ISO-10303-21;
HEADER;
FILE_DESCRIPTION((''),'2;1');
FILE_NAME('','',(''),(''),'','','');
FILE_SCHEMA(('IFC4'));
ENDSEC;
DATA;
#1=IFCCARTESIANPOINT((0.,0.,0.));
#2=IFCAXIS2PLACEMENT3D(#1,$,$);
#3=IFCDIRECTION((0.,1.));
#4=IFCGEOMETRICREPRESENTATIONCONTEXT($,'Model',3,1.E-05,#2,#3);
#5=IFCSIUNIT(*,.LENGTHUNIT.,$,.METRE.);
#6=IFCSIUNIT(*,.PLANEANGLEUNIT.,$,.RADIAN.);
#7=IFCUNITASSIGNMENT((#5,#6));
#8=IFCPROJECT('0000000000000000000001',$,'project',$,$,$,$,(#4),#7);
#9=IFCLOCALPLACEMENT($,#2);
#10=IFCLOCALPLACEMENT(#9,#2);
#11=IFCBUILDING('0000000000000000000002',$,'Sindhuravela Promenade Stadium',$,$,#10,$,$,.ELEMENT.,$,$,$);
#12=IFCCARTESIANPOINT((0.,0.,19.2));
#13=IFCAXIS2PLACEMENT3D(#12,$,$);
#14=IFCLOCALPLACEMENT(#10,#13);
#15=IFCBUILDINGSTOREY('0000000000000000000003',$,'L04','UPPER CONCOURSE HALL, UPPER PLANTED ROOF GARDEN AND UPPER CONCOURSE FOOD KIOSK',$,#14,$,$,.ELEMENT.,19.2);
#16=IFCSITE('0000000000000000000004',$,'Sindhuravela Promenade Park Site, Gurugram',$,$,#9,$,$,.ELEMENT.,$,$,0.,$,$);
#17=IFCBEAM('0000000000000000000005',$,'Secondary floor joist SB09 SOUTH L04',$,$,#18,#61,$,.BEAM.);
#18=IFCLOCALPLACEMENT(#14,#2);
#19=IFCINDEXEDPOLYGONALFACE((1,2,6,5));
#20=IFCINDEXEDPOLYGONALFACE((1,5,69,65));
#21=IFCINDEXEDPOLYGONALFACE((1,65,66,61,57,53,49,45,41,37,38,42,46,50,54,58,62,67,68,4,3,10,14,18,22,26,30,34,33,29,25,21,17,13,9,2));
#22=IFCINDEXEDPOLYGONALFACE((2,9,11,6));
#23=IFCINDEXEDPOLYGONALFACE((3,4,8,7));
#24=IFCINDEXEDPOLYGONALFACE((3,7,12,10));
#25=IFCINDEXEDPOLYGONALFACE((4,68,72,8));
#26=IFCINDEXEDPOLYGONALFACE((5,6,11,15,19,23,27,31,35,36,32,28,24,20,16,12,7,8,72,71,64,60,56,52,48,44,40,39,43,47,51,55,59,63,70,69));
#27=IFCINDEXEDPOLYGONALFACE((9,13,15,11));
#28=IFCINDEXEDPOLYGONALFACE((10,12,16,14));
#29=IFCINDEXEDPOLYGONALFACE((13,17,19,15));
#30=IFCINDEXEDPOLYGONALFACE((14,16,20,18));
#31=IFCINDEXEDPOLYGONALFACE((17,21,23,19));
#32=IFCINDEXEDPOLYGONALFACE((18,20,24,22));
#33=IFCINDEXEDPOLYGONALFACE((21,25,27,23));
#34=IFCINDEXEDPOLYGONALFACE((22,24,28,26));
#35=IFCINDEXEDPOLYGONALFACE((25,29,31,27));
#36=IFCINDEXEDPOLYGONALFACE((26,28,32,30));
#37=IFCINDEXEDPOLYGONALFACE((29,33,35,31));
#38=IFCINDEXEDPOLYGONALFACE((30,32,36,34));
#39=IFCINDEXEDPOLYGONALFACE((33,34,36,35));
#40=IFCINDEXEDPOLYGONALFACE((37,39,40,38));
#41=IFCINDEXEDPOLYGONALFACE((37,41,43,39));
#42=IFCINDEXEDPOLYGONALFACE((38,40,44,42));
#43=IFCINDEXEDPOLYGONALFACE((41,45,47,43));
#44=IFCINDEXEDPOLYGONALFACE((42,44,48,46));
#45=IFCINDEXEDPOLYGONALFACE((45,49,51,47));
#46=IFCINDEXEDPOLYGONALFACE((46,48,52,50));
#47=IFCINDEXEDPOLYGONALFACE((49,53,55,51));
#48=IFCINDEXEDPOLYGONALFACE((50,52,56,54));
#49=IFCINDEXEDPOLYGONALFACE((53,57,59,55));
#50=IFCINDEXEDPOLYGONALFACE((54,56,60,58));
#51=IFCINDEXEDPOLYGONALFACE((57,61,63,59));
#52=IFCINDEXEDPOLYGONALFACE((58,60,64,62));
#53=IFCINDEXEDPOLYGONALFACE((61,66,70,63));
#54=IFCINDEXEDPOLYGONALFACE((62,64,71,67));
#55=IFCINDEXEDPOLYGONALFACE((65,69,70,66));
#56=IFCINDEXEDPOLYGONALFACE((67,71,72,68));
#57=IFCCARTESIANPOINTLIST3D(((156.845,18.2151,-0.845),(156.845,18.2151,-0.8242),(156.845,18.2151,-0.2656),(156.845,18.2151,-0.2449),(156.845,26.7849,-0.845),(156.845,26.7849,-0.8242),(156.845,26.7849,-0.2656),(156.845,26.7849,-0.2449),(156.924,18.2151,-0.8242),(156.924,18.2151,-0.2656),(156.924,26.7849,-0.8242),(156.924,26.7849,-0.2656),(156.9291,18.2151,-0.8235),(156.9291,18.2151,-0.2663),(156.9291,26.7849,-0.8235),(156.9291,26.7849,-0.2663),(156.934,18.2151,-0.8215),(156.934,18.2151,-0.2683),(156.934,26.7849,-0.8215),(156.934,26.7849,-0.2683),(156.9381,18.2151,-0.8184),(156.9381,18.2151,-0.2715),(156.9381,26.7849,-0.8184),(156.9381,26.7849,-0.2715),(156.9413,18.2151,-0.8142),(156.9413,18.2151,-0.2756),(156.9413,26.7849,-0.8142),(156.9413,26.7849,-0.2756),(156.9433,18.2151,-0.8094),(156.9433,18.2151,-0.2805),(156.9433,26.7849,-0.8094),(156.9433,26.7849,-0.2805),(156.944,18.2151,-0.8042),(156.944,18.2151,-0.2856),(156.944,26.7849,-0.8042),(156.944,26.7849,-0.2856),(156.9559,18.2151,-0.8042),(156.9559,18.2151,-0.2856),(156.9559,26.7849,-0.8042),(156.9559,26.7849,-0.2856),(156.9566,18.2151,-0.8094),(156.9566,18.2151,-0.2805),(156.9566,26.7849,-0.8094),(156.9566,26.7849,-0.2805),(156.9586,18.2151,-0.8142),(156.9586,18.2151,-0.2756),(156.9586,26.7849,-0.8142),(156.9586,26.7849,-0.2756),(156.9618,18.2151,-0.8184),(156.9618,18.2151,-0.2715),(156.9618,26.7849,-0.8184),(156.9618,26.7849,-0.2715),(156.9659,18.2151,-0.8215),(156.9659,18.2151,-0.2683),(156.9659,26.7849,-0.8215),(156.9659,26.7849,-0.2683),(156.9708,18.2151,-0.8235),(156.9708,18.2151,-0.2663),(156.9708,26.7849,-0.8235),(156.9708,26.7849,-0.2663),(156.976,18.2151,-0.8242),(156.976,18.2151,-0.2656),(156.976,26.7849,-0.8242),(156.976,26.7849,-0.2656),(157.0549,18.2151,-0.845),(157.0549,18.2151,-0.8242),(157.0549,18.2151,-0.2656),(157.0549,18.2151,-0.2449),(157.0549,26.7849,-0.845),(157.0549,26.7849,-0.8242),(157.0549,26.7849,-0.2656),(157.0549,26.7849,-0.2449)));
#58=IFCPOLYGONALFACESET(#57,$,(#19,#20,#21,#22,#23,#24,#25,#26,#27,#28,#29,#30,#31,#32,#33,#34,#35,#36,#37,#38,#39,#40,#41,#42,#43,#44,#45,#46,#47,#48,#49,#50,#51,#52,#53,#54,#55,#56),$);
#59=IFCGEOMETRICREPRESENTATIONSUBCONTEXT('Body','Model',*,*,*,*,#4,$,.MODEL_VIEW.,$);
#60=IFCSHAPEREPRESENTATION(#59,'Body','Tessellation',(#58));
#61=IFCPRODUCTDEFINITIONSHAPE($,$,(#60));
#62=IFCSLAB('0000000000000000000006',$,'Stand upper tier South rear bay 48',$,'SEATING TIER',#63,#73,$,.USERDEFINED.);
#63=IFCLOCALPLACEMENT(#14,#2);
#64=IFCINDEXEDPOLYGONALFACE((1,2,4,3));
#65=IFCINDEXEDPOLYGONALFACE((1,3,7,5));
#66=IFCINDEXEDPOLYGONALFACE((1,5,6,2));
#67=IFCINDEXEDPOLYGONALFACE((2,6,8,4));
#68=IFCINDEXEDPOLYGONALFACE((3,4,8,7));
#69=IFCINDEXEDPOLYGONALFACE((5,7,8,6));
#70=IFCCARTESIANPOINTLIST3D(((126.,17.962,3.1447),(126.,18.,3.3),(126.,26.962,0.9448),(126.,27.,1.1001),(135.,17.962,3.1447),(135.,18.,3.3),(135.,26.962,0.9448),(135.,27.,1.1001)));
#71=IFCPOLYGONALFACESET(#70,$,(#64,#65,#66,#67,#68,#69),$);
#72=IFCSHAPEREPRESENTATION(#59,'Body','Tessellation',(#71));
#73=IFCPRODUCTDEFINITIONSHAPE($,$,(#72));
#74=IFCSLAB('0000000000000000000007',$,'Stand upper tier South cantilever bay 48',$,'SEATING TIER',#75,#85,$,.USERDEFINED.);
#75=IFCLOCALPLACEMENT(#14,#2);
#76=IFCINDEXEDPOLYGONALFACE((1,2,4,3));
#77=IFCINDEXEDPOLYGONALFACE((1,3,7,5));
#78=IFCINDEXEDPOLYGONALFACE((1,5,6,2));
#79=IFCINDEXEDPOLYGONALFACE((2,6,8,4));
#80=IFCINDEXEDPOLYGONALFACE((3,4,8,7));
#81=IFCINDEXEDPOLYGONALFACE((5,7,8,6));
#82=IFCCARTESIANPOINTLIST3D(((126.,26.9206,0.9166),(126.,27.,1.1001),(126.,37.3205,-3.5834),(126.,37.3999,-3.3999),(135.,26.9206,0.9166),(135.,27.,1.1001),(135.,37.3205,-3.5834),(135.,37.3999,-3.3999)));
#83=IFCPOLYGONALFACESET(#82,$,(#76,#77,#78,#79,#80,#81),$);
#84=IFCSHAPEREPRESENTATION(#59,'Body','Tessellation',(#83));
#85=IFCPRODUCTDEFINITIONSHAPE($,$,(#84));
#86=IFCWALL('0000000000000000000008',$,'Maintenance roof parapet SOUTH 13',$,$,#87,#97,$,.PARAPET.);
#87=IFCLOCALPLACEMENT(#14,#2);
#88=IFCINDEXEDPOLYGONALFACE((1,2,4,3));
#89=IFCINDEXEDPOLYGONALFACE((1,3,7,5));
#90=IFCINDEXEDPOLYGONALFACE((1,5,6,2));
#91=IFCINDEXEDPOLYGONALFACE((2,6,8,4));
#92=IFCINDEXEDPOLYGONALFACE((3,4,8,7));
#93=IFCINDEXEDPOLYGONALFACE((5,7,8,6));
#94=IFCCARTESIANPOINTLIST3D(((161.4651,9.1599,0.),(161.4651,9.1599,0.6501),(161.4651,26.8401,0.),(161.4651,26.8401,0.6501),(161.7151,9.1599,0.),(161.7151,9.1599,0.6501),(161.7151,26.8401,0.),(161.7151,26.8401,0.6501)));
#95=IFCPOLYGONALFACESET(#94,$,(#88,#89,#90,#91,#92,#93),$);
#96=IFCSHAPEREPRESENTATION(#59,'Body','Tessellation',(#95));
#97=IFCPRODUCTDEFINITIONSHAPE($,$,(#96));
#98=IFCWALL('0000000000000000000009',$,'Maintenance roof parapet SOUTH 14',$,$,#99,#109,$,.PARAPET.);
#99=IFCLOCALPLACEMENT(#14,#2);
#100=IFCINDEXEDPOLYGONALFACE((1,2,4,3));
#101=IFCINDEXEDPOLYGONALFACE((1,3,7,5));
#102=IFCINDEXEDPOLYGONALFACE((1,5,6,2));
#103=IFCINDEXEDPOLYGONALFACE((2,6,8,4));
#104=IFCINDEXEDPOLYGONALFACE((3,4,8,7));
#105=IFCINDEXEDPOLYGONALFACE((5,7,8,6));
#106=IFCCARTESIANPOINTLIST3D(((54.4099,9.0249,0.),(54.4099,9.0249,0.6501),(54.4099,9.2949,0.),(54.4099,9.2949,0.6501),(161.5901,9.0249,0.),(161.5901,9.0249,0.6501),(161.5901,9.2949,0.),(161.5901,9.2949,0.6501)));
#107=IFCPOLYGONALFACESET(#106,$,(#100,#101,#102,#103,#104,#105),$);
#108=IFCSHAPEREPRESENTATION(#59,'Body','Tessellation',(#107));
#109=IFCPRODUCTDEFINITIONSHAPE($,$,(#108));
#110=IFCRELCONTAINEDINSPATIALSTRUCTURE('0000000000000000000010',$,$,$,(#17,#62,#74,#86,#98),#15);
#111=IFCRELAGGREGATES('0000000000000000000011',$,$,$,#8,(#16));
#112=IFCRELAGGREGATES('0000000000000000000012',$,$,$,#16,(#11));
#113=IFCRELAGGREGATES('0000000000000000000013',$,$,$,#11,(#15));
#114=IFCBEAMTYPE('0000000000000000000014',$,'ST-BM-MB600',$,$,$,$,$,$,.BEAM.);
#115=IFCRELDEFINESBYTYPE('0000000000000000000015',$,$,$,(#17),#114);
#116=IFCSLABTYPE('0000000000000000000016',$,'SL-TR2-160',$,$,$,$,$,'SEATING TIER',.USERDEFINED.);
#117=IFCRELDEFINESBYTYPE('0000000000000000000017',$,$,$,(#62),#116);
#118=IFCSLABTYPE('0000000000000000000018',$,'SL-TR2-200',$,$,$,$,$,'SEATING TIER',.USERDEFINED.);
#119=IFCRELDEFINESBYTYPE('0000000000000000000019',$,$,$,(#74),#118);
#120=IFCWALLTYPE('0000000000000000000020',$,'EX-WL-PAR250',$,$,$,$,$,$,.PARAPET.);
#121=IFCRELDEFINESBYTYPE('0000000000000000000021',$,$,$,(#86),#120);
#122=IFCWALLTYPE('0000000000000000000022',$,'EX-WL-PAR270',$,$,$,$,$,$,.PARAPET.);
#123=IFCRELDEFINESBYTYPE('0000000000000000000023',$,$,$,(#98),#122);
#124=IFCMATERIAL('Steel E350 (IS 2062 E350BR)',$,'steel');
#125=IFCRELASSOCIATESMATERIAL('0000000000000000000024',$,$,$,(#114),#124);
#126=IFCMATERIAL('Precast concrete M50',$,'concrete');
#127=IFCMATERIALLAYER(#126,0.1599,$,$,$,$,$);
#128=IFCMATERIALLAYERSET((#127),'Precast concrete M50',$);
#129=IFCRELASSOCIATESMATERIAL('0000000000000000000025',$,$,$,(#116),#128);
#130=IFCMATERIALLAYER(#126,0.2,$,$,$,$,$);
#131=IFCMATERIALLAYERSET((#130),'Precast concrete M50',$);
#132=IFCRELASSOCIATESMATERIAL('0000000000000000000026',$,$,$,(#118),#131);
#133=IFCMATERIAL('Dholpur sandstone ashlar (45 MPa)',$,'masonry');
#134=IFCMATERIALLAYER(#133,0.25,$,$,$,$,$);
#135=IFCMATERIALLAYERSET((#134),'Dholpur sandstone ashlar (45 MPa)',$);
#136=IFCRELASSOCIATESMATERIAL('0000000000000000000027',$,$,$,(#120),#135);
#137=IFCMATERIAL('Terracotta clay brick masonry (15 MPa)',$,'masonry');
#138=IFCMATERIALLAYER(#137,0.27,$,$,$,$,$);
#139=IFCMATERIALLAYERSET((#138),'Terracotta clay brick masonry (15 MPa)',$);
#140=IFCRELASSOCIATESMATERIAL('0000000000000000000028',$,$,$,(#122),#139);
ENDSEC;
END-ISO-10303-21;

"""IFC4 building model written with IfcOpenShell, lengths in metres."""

from ifc_helpers import new_model, si_unit, direction, frame, frame_2d, origin, origin_2d, place, context, subcontext, project, spatial, polyline, rectangle, i_section, outline, extrude, material, layer, layer_set, material_profile, profile_set, type_object, element, save


model = new_model("IFC4")

# Units and contexts
model_context = context("Model", 3, precision=1e-05, world=origin(), true_north=direction((0.0, 1.0)))
body_context = subcontext(model_context, "Body", "Model", "MODEL_VIEW")
ifc_project = project(units=[si_unit("LENGTHUNIT", "METRE"), si_unit("PLANEANGLEUNIT", "RADIAN")], contexts=[model_context])

# Site, building, storey
site_placement = place(None, origin())
site = spatial("IfcSite", under=ifc_project, at=site_placement, Name="Sindhuravela Promenade Park Site, Gurugram", CompositionType="ELEMENT", RefElevation=0.0)
building_placement = place(site_placement, origin())
building = spatial("IfcBuilding", under=site, at=building_placement, Name="Sindhuravela Promenade Stadium", CompositionType="ELEMENT")
storey_placement = place(building_placement, frame((0.0, 0.0, 19.2)))
storey = spatial("IfcBuildingStorey", under=building, at=storey_placement, Name="L04", Description="UPPER CONCOURSE HALL, UPPER PLANTED ROOF GARDEN AND UPPER CONCOURSE FOOD KIOSK", CompositionType="ELEMENT", Elevation=19.2)

# Shared definitions
ifc_material_1 = material(Name="Steel E350 (IS 2062 E350BR)", Category="steel")

# Beam
ifc_material_profile_1 = material_profile(ifc_material_1, i_section(OverallWidth=0.21, OverallDepth=0.6001, WebThickness=0.012, FlangeThickness=0.0208, FilletRadius=0.02, at=origin_2d()), Name="ISMB 600")
ifc_profile_set_1 = profile_set([ifc_material_profile_1], Name="Steel E350 (IS 2062 E350BR)")
beam_type_1 = type_object("IfcBeamType", Name="ST-BM-MB600", PredefinedType="BEAM", material=ifc_profile_set_1)
for number, where, z_axis, x_axis, name in (
    (1, (156.95, 18.2151, -0.5449), (0.0, 1.0, 0.0), (-1.0, 0.0, 0.0), "Secondary floor joist SB09 SOUTH L04"),
):
    element("IfcBeam", number, at=place(storey_placement, frame(where, z_axis=z_axis, x_axis=x_axis)), inside=storey, type_object=beam_type_1, Name=name, PredefinedType="BEAM", context=body_context, shape_type="SweptSolid", body=[
        extrude(i_section(OverallWidth=0.21, OverallDepth=0.6001, WebThickness=0.012, FlangeThickness=0.0208, FilletRadius=0.02, at=origin_2d()), origin(), (0.0, 0.0, 1.0), 8.5698),
    ])

# Slabs
ifc_material_2 = material(Name="Precast concrete M50", Category="concrete")
ifc_layer_1 = layer(ifc_material_2, 0.1599)
ifc_layer_set_1 = layer_set([ifc_layer_1], Name="Precast concrete M50")
slab_type_1 = type_object("IfcSlabType", Name="SL-TR2-160", ElementType="SEATING TIER", PredefinedType="USERDEFINED", material=ifc_layer_set_1)
slab_1_placement = place(storey_placement, frame((135.0, 27.0, 1.1001), z_axis=(0.0, 0.237448, 0.9714), x_axis=(-1.0, 0.0, 0.0)))
element("IfcSlab", 2, at=slab_1_placement, inside=storey, type_object=slab_type_1, Name="Stand upper tier South rear bay 48", ObjectType="SEATING TIER", PredefinedType="USERDEFINED", context=body_context, shape_type="SweptSolid", body=[
    extrude(outline(polyline([(0.0, 0.0), (9.0, 0.0), (9.0, 9.265), (0.0, 9.265), (0.0, 0.0)])), origin(), (0.0, 0.0, -1.0), 0.1599),
])
ifc_layer_2 = layer(ifc_material_2, 0.2)
ifc_layer_set_2 = layer_set([ifc_layer_2], Name="Precast concrete M50")
slab_type_2 = type_object("IfcSlabType", Name="SL-TR2-200", ElementType="SEATING TIER", PredefinedType="USERDEFINED", material=ifc_layer_set_2)
slab_2_placement = place(storey_placement, frame((135.0, 37.3999, -3.3999), z_axis=(0.0, 0.397115, 0.917769), x_axis=(-1.0, 0.0, 0.0)))
element("IfcSlab", 3, at=slab_2_placement, inside=storey, type_object=slab_type_2, Name="Stand upper tier South cantilever bay 48", ObjectType="SEATING TIER", PredefinedType="USERDEFINED", context=body_context, shape_type="SweptSolid", body=[
    extrude(outline(polyline([(0.0, 0.0), (9.0, 0.0), (9.0, 11.3317), (0.0, 11.3317), (0.0, 0.0)])), origin(), (0.0, 0.0, -1.0), 0.2),
])

# Walls
ifc_material_3 = material(Name="Dholpur sandstone ashlar (45 MPa)", Category="masonry")
ifc_layer_3 = layer(ifc_material_3, 0.25)
ifc_layer_set_3 = layer_set([ifc_layer_3], Name="Dholpur sandstone ashlar (45 MPa)")
wall_type_1 = type_object("IfcWallType", Name="EX-WL-PAR250", PredefinedType="PARAPET", material=ifc_layer_set_3)
wall_1_placement = place(storey_placement, frame((161.5901, 26.8401, 0.0), z_axis=(0.0, 0.0, 1.0), x_axis=(0.0, -1.0, 0.0)))
element("IfcWall", 4, at=wall_1_placement, inside=storey, type_object=wall_type_1, Name="Maintenance roof parapet SOUTH 13", PredefinedType="PARAPET", context=body_context, shape_type="SweptSolid", body=[
    extrude(rectangle(XDim=17.6802, YDim=0.25, at=frame_2d((8.8401, 0.0))), origin(), (0.0, 0.0, 1.0), 0.6501),
])
ifc_material_4 = material(Name="Terracotta clay brick masonry (15 MPa)", Category="masonry")
ifc_layer_4 = layer(ifc_material_4, 0.27)
ifc_layer_set_4 = layer_set([ifc_layer_4], Name="Terracotta clay brick masonry (15 MPa)")
wall_type_2 = type_object("IfcWallType", Name="EX-WL-PAR270", PredefinedType="PARAPET", material=ifc_layer_set_4)
wall_2_placement = place(storey_placement, frame((161.5901, 9.1599, 0.0), z_axis=(0.0, 0.0, 1.0), x_axis=(-1.0, 0.0, 0.0)))
element("IfcWall", 5, at=wall_2_placement, inside=storey, type_object=wall_type_2, Name="Maintenance roof parapet SOUTH 14", PredefinedType="PARAPET", context=body_context, shape_type="SweptSolid", body=[
    extrude(rectangle(XDim=107.1802, YDim=0.27, at=frame_2d((53.5901, 0.0))), origin(), (0.0, 0.0, 1.0), 0.6501),
])

save(model, "model.ifc")
